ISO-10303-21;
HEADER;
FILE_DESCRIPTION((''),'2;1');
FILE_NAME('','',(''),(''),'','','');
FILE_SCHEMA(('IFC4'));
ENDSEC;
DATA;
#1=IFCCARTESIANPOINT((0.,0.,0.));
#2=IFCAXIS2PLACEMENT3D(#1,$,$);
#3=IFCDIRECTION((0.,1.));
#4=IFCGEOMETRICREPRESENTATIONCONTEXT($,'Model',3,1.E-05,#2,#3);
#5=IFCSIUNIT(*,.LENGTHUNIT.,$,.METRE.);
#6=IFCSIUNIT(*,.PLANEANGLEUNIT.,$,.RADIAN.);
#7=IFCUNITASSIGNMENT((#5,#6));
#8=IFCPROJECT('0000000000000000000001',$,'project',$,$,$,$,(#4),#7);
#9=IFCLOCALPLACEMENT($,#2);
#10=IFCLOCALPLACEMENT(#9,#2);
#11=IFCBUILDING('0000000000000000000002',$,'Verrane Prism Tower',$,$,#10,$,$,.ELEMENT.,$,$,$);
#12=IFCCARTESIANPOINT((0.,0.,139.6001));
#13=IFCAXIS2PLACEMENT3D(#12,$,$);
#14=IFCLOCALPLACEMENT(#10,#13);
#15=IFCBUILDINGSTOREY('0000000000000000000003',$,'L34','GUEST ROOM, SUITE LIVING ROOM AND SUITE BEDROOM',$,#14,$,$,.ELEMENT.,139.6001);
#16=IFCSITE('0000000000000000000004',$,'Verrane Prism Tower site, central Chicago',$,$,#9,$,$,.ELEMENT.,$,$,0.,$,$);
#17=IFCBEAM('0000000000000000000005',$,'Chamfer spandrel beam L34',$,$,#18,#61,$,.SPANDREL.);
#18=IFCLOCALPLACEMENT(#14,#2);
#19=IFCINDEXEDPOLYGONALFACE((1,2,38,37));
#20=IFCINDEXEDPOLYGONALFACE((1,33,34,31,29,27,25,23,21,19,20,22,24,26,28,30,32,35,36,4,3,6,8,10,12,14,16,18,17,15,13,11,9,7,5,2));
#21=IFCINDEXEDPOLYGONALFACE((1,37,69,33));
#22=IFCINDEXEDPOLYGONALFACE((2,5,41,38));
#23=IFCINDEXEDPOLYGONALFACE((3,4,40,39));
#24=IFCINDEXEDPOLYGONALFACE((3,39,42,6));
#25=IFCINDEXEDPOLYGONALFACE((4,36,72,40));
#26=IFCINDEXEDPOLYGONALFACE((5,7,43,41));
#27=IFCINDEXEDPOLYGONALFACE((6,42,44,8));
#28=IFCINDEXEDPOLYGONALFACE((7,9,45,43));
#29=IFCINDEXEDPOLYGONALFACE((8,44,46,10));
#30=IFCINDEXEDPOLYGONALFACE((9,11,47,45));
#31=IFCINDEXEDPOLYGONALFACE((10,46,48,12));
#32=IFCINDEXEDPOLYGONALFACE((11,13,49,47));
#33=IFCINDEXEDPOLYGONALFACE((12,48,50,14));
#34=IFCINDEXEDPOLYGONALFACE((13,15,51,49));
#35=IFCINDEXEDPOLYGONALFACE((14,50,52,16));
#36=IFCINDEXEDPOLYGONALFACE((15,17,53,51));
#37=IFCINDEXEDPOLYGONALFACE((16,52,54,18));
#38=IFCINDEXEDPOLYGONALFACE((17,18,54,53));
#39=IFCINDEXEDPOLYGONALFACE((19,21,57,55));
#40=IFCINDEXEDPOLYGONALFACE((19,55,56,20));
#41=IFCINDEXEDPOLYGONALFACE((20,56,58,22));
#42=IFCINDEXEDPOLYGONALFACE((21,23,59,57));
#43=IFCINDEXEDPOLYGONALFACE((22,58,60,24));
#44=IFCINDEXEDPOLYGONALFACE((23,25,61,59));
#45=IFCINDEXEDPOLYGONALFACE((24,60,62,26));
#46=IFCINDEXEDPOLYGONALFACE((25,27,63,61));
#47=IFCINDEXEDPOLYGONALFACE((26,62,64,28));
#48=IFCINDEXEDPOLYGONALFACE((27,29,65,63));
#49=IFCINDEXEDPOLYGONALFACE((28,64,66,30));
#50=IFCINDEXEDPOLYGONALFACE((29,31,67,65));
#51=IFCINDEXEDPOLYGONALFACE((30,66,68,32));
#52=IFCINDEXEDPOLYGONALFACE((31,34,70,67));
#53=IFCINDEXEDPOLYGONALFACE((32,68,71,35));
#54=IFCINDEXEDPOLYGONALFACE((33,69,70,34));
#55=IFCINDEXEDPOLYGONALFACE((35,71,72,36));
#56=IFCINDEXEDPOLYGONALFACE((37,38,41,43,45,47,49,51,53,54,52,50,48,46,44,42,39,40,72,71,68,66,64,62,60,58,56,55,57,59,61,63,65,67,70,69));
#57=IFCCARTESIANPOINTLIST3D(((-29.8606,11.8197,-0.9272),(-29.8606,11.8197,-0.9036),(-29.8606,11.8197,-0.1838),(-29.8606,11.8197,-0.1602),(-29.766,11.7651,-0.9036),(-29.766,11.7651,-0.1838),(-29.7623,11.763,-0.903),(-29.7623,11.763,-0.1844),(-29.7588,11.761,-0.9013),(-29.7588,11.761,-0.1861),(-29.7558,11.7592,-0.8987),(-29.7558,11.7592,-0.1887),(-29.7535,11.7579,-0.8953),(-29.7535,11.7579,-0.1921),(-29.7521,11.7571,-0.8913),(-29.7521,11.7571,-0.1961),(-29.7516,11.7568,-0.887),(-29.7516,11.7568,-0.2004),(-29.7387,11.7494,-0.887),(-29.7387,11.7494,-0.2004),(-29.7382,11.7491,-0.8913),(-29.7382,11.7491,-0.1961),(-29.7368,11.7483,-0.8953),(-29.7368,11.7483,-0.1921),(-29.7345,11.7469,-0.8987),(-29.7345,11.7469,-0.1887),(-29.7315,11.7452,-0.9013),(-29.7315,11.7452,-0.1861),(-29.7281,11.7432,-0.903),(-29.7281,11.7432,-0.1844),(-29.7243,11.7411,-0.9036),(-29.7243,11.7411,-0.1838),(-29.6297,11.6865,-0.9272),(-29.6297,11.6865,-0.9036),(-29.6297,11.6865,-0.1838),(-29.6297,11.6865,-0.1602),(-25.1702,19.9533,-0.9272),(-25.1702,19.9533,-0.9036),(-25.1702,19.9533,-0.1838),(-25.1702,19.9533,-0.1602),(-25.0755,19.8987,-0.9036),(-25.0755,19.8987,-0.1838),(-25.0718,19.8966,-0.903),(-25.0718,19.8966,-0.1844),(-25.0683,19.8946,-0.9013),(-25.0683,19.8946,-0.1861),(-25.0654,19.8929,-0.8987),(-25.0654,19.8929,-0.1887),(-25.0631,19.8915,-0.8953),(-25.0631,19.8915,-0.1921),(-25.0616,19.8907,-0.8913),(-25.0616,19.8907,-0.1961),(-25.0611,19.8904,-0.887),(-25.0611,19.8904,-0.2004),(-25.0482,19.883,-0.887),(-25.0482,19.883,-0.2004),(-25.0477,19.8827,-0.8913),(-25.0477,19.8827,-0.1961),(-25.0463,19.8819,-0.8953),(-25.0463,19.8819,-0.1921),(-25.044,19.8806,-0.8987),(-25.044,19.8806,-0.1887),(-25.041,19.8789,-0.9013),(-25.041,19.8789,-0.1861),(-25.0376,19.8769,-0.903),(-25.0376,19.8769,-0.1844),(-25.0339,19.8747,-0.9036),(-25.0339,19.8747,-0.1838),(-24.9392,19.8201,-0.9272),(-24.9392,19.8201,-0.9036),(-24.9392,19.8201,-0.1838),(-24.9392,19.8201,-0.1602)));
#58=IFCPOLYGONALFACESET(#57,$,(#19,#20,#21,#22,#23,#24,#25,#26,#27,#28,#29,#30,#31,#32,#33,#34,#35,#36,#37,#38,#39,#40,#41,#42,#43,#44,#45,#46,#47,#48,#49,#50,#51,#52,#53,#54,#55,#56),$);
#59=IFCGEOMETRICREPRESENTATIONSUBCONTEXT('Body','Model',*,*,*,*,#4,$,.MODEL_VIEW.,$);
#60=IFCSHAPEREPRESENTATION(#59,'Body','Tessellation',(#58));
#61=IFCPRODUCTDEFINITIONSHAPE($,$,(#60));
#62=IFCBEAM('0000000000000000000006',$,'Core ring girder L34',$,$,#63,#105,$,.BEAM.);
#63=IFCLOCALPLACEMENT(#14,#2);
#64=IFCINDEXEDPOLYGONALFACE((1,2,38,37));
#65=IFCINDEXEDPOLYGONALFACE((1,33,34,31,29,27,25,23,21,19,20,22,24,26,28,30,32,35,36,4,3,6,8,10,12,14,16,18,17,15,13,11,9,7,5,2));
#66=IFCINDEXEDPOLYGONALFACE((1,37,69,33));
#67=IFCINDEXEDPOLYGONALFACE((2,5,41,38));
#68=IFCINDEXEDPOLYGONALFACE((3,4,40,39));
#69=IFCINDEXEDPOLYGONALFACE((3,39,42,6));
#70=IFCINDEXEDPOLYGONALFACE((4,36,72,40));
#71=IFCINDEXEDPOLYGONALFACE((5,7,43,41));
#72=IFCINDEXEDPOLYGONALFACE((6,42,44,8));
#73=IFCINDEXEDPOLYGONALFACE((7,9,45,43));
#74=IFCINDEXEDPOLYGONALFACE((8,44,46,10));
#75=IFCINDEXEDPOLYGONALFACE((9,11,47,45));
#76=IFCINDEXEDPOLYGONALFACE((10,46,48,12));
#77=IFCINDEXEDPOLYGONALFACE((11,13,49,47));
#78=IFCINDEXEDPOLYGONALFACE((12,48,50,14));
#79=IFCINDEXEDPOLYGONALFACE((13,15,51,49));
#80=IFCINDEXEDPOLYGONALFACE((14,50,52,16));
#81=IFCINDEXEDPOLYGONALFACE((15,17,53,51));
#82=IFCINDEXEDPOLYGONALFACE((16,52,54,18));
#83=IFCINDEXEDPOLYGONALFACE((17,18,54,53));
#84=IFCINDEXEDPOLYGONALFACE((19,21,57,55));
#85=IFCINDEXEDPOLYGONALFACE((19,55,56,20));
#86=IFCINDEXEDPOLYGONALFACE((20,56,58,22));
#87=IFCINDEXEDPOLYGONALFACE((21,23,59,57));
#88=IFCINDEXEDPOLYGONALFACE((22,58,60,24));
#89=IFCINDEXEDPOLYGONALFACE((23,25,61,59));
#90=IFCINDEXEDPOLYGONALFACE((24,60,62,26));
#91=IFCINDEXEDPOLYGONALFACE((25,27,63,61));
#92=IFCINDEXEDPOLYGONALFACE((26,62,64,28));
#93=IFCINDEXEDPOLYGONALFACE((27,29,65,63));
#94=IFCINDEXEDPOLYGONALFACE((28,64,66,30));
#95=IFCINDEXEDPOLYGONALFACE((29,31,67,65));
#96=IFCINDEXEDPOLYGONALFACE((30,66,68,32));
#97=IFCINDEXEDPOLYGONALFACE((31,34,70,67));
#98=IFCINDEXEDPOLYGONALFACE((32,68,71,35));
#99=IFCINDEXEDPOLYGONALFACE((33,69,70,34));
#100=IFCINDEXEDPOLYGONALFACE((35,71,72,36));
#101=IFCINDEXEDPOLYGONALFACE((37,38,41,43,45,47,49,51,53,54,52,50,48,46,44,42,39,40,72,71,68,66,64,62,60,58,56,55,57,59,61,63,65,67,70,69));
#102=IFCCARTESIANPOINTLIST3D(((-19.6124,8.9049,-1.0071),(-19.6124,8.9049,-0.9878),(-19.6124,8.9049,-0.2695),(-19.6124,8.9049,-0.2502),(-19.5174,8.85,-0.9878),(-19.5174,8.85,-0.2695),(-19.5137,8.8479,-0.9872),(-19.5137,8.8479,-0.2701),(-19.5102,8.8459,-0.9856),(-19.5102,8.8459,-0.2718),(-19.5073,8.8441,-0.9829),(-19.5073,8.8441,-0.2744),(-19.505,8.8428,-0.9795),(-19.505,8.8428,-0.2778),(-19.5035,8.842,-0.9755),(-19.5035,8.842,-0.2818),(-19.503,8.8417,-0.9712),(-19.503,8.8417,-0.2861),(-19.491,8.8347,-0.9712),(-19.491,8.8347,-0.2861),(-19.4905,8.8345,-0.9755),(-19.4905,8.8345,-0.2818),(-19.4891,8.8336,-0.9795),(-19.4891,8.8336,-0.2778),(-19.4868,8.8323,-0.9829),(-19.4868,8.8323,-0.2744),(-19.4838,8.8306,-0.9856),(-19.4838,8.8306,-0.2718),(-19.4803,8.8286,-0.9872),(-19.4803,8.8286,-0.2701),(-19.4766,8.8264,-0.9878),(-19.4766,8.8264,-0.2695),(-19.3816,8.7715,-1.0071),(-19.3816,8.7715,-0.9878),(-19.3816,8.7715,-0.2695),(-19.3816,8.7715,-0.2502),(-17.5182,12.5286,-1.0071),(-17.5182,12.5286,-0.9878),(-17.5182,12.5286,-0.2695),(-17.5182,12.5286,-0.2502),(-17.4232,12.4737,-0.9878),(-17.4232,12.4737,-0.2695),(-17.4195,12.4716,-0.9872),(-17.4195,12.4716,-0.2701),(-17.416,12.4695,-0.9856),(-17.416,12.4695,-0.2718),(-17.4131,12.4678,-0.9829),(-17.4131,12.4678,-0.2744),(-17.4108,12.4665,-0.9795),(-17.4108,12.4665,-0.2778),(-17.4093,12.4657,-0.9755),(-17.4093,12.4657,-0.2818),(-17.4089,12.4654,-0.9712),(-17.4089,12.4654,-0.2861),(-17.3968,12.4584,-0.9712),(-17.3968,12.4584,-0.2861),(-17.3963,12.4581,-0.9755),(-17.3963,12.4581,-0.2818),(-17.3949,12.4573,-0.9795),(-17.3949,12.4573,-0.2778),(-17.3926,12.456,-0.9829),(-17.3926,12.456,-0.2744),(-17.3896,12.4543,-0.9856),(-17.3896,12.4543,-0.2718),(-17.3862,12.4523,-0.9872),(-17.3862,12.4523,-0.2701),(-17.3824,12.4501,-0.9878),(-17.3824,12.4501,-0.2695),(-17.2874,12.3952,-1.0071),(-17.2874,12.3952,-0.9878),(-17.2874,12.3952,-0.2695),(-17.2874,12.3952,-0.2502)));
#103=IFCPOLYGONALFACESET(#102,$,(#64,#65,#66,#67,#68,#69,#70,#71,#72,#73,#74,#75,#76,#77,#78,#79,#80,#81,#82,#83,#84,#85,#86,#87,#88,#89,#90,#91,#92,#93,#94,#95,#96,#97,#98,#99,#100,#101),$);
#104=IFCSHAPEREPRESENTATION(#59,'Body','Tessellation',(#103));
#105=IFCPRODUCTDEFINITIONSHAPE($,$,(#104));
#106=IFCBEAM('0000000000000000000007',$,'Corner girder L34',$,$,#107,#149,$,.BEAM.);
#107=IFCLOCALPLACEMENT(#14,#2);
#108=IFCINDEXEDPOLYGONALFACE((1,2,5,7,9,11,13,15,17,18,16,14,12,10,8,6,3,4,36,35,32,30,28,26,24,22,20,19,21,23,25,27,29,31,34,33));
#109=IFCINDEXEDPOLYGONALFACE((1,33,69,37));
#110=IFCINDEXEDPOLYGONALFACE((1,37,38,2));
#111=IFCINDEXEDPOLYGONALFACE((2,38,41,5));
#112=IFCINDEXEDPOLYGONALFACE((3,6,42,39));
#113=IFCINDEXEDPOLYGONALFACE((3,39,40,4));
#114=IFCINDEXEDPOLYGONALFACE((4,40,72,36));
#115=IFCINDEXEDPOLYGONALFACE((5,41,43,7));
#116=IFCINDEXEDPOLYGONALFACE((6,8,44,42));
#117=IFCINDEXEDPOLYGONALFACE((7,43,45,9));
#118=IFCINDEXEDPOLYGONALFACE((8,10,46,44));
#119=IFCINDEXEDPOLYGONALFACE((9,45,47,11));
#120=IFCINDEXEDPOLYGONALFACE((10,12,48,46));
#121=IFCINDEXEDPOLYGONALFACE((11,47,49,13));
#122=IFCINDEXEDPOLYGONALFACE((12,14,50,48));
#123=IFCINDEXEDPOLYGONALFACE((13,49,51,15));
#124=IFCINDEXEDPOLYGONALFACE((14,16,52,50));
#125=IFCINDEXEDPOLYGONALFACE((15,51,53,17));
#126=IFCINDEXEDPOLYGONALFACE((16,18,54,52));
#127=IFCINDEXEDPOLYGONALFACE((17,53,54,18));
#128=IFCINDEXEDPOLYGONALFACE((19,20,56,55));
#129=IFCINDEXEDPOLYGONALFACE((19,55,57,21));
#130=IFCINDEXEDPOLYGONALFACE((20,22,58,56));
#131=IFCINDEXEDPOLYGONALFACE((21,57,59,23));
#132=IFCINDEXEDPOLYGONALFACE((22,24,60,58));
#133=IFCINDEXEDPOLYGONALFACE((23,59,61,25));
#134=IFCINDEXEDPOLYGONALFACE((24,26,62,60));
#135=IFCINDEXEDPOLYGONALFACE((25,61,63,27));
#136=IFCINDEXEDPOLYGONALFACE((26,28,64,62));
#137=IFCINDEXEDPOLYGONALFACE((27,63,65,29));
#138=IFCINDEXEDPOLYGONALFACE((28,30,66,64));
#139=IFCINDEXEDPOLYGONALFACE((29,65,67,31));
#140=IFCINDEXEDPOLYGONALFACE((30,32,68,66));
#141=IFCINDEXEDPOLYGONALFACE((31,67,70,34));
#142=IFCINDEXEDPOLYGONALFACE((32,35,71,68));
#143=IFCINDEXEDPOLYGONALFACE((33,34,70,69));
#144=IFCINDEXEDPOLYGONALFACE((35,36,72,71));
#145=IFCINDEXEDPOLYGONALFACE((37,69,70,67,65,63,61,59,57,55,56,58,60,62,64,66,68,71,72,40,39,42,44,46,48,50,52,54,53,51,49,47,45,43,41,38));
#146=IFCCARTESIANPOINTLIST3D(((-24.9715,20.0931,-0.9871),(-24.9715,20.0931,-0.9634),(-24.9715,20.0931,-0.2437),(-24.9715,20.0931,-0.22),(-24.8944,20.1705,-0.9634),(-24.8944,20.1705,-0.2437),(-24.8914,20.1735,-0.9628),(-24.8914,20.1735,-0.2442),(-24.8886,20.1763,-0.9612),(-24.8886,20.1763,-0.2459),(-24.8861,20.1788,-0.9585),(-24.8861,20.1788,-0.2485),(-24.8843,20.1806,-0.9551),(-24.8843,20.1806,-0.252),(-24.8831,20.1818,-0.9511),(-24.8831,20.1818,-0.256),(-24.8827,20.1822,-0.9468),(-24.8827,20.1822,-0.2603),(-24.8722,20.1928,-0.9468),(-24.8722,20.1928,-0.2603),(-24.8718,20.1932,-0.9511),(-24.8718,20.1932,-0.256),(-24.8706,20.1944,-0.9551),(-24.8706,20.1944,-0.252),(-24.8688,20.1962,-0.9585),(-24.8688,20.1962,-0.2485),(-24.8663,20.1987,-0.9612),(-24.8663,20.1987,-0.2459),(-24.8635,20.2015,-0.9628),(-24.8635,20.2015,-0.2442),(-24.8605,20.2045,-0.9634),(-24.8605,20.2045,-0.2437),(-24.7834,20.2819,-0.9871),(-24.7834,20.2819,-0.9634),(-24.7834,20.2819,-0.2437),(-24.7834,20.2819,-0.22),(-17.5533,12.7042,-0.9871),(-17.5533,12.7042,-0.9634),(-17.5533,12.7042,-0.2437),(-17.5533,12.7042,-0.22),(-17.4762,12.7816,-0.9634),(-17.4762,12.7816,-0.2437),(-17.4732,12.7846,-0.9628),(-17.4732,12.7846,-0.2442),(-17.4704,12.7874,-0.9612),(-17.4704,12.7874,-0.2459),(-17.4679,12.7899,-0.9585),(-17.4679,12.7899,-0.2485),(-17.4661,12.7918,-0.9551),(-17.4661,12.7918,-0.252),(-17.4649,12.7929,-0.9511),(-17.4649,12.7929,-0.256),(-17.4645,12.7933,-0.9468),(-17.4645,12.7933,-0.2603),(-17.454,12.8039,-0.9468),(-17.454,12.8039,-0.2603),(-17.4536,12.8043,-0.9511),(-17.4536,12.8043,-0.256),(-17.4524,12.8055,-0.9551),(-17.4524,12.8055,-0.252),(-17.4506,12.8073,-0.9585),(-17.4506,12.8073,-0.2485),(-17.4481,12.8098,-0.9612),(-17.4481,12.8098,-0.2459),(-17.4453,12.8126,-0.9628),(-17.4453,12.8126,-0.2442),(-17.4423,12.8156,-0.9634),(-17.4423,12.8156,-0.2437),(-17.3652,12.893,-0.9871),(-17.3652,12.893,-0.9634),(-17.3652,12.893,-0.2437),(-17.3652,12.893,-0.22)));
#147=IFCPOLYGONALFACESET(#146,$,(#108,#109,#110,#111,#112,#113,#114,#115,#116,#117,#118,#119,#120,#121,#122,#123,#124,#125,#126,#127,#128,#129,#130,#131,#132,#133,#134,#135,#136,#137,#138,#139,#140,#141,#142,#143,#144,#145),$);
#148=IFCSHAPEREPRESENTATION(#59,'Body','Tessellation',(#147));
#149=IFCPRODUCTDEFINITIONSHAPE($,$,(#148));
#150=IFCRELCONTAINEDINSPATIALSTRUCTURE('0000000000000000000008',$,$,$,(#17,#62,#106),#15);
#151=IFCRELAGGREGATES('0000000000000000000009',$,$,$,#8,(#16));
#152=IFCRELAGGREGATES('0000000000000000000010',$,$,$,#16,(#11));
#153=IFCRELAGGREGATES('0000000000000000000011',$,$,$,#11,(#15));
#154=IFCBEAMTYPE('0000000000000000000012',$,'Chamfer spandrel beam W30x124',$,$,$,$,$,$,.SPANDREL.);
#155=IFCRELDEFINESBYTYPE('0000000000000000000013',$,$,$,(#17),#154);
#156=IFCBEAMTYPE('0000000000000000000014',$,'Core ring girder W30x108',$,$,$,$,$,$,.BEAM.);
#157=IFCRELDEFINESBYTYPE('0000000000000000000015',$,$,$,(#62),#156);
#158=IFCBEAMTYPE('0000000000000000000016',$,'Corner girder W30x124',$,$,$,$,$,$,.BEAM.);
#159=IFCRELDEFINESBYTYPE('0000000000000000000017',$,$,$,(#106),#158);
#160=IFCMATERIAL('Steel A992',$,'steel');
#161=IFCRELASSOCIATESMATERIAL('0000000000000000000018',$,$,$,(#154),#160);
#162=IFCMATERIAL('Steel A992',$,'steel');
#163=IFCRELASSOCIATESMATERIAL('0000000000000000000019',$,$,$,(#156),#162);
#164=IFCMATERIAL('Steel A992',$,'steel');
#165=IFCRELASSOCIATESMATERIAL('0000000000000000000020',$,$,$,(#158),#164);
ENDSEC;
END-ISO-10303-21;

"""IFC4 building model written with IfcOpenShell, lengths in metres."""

from ifc_helpers import new_model, si_unit, direction, frame, origin, origin_2d, place, context, subcontext, project, spatial, i_section, extrude, material, material_profile, profile_set, type_object, element, save


model = new_model("IFC4")

# Units and contexts
model_context = context("Model", 3, precision=1e-05, world=origin(), true_north=direction((0.0, 1.0)))
body_context = subcontext(model_context, "Body", "Model", "MODEL_VIEW")
ifc_project = project(units=[si_unit("LENGTHUNIT", "METRE"), si_unit("PLANEANGLEUNIT", "RADIAN")], contexts=[model_context])

# Site, building, storey
site_placement = place(None, origin())
site = spatial("IfcSite", under=ifc_project, at=site_placement, Name="Verrane Prism Tower site, central Chicago", CompositionType="ELEMENT", RefElevation=0.0)
building_placement = place(site_placement, origin())
building = spatial("IfcBuilding", under=site, at=building_placement, Name="Verrane Prism Tower", CompositionType="ELEMENT")
storey_placement = place(building_placement, frame((0.0, 0.0, 139.6001)))
storey = spatial("IfcBuildingStorey", under=building, at=storey_placement, Name="L34", Description="GUEST ROOM, SUITE LIVING ROOM AND SUITE BEDROOM", CompositionType="ELEMENT", Elevation=139.6001)

# Beams
ifc_material_1 = material(Name="Steel A992", Category="steel")
ifc_material_profile_1 = material_profile(ifc_material_1, i_section(OverallWidth=0.2666, OverallDepth=0.7671, WebThickness=0.0149, FlangeThickness=0.0237, FilletRadius=0.0166, at=origin_2d()), Name="W30x124")
ifc_profile_set_1 = profile_set([ifc_material_profile_1], Name="Steel A992")
beam_type_1 = type_object("IfcBeamType", Name="Chamfer spandrel beam W30x124", PredefinedType="SPANDREL", material=ifc_profile_set_1)
beam_1_placement = place(storey_placement, frame((-25.0547, 19.8867, -0.5437), z_axis=(-0.499563, -0.866278, 0.0), x_axis=(0.866278, -0.499563, 0.0)))
element("IfcBeam", 1, at=beam_1_placement, inside=storey, type_object=beam_type_1, Name="Chamfer spandrel beam L34", PredefinedType="SPANDREL", context=body_context, shape_type="SweptSolid", body=[
    extrude(i_section(OverallWidth=0.2666, OverallDepth=0.7671, WebThickness=0.0149, FlangeThickness=0.0237, FilletRadius=0.0166, at=origin_2d()), origin(), (0.0, 0.0, 1.0), 9.3892),
])
ifc_material_2 = material(Name="Steel A992", Category="steel")
ifc_material_profile_2 = material_profile(ifc_material_2, i_section(OverallWidth=0.2666, OverallDepth=0.7568, WebThickness=0.0139, FlangeThickness=0.0193, FilletRadius=0.0166, at=origin_2d()), Name="W30x108")
ifc_profile_set_2 = profile_set([ifc_material_profile_2], Name="Steel A992")
beam_type_2 = type_object("IfcBeamType", Name="Core ring girder W30x108", PredefinedType="BEAM", material=ifc_profile_set_2)
beam_2_placement = place(storey_placement, frame((-17.4028, 12.4619, -0.6287), z_axis=(-0.500367, -0.865813, 0.0), x_axis=(0.865813, -0.500367, 0.0)))
element("IfcBeam", 2, at=beam_2_placement, inside=storey, type_object=beam_type_2, Name="Core ring girder L34", PredefinedType="BEAM", context=body_context, shape_type="SweptSolid", body=[
    extrude(i_section(OverallWidth=0.2666, OverallDepth=0.7568, WebThickness=0.0139, FlangeThickness=0.0193, FilletRadius=0.0166, at=origin_2d()), origin(), (0.0, 0.0, 1.0), 4.1853),
])
ifc_material_3 = material(Name="Steel A992", Category="steel")
ifc_material_profile_3 = material_profile(ifc_material_3, i_section(OverallWidth=0.2666, OverallDepth=0.7671, WebThickness=0.0149, FlangeThickness=0.0237, FilletRadius=0.0166, at=origin_2d()), Name="W30x124")
ifc_profile_set_3 = profile_set([ifc_material_profile_3], Name="Steel A992")
beam_type_3 = type_object("IfcBeamType", Name="Corner girder W30x124", PredefinedType="BEAM", material=ifc_profile_set_3)
beam_3_placement = place(storey_placement, frame((-24.8774, 20.1875, -0.6035), z_axis=(0.708504, -0.705706, 0.0), x_axis=(0.705706, 0.708504, 0.0)))
element("IfcBeam", 3, at=beam_3_placement, inside=storey, type_object=beam_type_3, Name="Corner girder L34", PredefinedType="BEAM", context=body_context, shape_type="SweptSolid", body=[
    extrude(i_section(OverallWidth=0.2666, OverallDepth=0.7671, WebThickness=0.0149, FlangeThickness=0.0237, FilletRadius=0.0166, at=origin_2d()), origin(), (0.0, 0.0, 1.0), 10.4702),
])

save(model, "model.ifc")
